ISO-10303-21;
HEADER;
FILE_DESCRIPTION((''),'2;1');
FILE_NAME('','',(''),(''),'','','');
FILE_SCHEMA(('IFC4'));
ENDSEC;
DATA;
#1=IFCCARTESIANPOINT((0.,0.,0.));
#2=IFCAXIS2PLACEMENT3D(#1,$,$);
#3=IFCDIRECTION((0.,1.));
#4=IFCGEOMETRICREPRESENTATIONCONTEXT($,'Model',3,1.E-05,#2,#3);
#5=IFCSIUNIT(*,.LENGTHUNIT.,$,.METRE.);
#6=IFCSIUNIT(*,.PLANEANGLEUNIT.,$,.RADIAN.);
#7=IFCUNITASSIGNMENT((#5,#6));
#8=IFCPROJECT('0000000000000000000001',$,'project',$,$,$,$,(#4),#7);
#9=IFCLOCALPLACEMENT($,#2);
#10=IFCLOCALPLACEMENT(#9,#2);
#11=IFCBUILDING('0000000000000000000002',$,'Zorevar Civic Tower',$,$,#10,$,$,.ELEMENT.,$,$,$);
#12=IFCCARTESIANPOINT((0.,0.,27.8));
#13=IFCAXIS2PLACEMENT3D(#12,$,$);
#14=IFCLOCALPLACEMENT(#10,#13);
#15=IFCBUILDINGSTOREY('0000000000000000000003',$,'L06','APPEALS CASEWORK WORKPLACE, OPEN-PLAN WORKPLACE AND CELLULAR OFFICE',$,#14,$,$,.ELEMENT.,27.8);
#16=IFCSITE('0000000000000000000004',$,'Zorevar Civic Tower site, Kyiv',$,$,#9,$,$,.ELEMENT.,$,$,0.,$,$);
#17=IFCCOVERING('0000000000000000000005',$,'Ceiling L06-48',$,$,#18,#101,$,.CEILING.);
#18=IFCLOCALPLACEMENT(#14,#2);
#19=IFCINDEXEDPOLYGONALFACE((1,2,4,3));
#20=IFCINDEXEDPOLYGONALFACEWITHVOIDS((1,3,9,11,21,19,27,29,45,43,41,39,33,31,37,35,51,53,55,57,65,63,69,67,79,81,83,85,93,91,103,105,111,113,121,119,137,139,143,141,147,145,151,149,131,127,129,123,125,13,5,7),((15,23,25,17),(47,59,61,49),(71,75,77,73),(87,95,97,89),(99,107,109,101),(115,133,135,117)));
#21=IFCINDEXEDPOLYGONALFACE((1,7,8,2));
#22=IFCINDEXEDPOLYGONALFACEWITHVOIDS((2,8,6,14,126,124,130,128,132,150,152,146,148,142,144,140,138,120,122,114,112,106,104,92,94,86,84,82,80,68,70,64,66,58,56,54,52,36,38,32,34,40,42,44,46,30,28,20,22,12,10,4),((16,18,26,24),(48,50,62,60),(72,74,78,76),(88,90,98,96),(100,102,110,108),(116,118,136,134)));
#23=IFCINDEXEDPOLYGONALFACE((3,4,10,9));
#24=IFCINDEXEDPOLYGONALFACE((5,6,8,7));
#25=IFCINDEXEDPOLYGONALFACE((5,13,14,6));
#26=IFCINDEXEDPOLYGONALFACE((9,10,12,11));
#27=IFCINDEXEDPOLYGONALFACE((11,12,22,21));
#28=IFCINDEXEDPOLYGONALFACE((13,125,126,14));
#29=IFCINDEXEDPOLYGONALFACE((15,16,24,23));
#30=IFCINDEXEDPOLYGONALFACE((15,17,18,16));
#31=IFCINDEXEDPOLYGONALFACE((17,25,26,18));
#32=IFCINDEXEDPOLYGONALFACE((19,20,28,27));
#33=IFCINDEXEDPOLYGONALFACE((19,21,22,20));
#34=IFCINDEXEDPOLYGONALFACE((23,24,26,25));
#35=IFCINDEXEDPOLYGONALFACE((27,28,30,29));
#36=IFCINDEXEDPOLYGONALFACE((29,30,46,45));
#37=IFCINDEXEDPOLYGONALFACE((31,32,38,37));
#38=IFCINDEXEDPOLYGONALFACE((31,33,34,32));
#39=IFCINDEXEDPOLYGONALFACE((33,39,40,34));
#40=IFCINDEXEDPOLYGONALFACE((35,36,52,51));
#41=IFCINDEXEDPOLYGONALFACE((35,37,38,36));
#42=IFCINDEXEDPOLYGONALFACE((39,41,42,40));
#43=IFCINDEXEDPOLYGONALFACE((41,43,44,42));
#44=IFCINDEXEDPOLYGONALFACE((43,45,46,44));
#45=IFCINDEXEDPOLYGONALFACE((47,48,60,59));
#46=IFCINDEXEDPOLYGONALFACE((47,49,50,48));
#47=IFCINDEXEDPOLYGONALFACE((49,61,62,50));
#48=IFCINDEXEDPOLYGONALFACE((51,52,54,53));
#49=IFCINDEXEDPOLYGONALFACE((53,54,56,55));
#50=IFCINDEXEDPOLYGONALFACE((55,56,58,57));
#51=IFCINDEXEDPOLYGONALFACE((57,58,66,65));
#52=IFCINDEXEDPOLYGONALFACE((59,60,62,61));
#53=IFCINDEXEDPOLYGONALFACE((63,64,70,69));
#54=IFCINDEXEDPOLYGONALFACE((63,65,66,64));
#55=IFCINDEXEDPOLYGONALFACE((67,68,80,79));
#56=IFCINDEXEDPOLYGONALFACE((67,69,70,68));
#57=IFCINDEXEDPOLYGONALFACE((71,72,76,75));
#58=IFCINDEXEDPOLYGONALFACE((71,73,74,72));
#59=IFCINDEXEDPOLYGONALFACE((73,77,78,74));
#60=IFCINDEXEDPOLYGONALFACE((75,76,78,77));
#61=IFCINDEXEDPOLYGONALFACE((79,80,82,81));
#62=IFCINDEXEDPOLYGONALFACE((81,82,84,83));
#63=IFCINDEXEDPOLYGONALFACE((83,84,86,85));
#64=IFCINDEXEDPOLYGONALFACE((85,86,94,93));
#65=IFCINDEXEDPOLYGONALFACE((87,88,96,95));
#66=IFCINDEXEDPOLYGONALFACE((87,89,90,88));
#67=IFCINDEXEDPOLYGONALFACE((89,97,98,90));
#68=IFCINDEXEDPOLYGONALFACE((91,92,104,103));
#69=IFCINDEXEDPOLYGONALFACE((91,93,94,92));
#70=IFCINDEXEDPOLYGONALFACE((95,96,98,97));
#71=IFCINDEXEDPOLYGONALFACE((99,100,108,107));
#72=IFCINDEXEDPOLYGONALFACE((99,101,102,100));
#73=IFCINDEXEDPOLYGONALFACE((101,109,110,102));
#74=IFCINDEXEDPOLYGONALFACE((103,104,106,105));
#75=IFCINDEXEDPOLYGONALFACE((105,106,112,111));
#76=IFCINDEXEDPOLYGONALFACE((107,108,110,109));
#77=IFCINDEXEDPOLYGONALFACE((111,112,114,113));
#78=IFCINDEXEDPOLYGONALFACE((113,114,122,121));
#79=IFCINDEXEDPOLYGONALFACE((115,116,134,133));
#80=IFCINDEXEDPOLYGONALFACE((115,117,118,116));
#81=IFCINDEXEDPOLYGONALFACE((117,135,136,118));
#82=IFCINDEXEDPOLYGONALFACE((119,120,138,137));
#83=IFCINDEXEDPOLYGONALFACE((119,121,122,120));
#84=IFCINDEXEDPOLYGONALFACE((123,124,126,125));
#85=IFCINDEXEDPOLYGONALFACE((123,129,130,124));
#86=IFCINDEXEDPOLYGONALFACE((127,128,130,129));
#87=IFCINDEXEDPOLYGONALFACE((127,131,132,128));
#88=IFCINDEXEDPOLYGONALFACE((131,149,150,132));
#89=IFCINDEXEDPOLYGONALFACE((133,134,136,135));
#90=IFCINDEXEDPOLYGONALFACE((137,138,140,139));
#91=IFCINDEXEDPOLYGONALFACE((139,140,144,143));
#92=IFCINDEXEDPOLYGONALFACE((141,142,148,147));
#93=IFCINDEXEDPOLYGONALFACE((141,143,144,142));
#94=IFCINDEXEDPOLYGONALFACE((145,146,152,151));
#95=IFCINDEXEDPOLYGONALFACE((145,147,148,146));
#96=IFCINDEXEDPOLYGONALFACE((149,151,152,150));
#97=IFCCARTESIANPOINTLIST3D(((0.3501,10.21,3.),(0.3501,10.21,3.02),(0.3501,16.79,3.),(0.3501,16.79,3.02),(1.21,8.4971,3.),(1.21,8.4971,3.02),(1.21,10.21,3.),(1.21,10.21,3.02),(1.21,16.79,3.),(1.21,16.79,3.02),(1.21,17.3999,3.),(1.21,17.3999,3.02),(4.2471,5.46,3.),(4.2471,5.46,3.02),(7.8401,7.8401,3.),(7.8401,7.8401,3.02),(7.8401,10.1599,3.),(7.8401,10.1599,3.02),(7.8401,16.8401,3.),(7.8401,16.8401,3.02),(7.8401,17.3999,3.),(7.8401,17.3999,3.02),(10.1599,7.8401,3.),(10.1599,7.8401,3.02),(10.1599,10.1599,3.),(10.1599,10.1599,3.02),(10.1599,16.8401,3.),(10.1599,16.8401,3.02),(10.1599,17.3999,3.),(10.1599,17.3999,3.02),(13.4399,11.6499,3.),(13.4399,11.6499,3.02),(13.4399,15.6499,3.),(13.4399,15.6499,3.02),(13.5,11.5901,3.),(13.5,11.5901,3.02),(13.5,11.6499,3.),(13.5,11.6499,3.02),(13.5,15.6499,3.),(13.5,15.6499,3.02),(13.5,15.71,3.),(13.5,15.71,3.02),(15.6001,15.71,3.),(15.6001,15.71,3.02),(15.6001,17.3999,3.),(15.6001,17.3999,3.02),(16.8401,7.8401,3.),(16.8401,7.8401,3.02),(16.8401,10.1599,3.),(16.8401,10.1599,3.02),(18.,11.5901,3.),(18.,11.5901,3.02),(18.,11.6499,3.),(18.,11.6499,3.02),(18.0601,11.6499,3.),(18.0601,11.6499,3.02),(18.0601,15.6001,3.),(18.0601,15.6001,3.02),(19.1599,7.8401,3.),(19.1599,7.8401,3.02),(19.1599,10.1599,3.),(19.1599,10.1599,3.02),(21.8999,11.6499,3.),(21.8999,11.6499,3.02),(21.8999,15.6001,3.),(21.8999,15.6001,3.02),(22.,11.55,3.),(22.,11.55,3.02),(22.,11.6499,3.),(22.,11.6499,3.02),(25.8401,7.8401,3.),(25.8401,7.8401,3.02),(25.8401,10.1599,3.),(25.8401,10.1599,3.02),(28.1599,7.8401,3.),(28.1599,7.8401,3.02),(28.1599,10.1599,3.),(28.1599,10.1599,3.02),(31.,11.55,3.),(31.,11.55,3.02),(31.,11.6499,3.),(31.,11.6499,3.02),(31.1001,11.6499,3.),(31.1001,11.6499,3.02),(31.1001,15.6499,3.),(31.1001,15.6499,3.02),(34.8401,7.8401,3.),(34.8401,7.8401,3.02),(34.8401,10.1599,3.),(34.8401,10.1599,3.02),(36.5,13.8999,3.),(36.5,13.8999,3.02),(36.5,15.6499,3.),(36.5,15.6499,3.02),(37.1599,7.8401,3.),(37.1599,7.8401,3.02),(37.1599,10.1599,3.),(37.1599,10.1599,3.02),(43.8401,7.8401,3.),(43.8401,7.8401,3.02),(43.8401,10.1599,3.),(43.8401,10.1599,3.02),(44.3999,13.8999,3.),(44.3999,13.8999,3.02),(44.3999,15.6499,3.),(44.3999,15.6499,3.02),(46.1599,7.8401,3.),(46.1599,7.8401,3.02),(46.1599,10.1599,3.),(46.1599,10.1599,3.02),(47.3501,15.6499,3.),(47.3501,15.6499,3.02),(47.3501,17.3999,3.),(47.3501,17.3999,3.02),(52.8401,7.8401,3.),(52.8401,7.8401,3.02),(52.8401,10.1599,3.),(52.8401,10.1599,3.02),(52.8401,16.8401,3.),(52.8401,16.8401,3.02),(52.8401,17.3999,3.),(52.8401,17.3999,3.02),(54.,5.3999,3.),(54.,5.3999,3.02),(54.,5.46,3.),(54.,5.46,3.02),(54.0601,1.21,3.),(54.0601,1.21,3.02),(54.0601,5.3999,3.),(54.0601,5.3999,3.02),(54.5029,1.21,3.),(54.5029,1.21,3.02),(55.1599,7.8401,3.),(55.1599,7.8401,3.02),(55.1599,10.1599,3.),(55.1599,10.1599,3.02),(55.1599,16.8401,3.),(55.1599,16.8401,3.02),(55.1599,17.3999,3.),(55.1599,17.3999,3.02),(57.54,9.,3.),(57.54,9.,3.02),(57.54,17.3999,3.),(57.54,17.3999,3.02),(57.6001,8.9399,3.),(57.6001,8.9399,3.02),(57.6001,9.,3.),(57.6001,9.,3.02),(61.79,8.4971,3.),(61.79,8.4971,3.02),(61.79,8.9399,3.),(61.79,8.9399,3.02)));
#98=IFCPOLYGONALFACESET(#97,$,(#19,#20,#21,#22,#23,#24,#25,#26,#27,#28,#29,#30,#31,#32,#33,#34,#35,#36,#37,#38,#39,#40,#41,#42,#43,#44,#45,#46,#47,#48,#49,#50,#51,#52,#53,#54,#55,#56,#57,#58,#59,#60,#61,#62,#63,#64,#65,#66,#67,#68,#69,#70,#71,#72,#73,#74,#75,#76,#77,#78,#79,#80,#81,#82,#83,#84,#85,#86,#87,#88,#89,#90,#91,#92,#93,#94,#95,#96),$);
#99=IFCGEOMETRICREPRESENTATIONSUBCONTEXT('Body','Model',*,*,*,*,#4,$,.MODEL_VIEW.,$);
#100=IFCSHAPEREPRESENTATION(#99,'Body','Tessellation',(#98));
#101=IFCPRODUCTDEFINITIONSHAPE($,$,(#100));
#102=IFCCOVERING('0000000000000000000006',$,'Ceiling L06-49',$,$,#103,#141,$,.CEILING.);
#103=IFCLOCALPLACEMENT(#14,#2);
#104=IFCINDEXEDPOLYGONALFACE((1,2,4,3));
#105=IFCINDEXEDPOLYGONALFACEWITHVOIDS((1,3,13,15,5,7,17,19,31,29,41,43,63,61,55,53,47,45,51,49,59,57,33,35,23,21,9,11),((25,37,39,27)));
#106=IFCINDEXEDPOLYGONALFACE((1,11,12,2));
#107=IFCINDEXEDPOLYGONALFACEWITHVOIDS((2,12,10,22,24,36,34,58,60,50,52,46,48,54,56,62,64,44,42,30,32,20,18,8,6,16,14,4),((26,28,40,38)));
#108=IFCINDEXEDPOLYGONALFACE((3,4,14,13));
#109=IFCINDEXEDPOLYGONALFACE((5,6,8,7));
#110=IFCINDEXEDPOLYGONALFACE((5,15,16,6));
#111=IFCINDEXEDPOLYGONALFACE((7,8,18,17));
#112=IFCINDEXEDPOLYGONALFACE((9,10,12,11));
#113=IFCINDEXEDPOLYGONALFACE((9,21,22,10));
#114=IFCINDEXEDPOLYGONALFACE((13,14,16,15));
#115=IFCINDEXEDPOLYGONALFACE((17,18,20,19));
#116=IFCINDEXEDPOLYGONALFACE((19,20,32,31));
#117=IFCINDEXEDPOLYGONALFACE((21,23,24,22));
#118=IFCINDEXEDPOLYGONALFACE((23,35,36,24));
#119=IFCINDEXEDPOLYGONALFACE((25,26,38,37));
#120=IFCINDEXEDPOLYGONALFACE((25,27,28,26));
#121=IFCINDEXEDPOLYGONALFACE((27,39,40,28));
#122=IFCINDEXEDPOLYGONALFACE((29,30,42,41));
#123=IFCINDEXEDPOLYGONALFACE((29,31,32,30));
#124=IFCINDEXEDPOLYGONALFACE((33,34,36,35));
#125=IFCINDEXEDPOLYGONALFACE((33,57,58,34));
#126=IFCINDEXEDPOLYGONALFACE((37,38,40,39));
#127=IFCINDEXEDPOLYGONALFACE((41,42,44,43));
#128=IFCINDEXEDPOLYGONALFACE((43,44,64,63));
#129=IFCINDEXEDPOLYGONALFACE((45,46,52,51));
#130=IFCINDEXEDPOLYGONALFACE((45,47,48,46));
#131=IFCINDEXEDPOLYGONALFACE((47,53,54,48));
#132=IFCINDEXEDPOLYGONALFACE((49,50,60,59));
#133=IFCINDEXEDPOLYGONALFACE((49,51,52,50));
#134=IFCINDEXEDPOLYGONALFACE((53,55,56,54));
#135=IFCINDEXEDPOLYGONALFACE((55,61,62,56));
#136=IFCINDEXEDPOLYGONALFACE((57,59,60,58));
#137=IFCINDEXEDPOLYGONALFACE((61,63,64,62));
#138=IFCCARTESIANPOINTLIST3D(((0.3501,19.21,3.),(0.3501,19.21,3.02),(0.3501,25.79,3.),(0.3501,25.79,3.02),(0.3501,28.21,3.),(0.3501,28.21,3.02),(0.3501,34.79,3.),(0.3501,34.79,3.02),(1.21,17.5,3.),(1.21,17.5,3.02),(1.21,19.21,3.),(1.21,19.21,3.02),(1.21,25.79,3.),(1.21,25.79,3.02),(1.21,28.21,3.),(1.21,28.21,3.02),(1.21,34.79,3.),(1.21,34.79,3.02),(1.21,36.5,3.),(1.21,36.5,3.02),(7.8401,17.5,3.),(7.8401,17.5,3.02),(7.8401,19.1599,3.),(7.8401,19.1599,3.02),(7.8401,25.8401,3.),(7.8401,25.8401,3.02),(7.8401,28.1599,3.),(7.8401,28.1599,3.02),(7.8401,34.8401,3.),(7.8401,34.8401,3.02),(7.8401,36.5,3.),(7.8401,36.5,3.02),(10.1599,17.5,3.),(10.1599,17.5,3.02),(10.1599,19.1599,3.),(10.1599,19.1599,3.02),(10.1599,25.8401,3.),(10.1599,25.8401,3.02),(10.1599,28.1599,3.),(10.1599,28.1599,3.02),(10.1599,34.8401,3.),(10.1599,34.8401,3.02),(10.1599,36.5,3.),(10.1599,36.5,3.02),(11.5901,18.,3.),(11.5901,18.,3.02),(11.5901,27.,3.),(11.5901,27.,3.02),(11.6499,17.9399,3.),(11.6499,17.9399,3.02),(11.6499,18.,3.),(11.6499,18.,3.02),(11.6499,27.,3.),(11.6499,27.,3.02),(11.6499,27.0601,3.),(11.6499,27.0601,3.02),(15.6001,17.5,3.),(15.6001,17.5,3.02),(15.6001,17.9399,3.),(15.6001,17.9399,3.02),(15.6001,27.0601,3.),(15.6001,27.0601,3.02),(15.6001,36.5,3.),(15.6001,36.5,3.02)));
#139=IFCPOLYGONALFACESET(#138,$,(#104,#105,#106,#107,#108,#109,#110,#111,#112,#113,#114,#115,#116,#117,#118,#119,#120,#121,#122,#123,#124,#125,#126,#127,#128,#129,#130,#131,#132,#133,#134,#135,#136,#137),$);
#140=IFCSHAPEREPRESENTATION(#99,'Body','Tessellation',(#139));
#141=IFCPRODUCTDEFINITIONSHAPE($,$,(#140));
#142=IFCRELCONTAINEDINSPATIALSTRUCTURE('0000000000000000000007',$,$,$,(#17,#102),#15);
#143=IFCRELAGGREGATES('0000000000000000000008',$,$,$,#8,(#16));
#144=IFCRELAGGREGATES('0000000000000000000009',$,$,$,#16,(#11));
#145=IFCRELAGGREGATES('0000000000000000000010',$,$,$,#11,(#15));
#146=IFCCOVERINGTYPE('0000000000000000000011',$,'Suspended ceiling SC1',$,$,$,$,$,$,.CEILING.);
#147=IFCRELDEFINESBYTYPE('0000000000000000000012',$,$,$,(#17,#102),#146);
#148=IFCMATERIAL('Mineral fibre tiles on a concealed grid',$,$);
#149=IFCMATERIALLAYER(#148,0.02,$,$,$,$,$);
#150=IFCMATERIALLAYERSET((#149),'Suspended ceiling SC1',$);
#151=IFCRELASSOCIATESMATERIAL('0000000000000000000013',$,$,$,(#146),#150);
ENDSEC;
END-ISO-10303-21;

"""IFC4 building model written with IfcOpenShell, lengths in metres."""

from ifc_helpers import new_model, si_unit, direction, frame, origin, place, context, subcontext, project, spatial, polyline, outline, extrude, material, layer, layer_set, type_object, element, save


model = new_model("IFC4")

# Units and contexts
model_context = context("Model", 3, precision=1e-05, world=origin(), true_north=direction((0.0, 1.0)))
body_context = subcontext(model_context, "Body", "Model", "MODEL_VIEW")
ifc_project = project(units=[si_unit("LENGTHUNIT", "METRE"), si_unit("PLANEANGLEUNIT", "RADIAN")], contexts=[model_context])

# Site, building, storey
site_placement = place(None, origin())
site = spatial("IfcSite", under=ifc_project, at=site_placement, Name="Zorevar Civic Tower site, Kyiv", CompositionType="ELEMENT", RefElevation=0.0)
building_placement = place(site_placement, origin())
building = spatial("IfcBuilding", under=site, at=building_placement, Name="Zorevar Civic Tower", CompositionType="ELEMENT")
storey_placement = place(building_placement, frame((0.0, 0.0, 27.8)))
storey = spatial("IfcBuildingStorey", under=building, at=storey_placement, Name="L06", Description="APPEALS CASEWORK WORKPLACE, OPEN-PLAN WORKPLACE AND CELLULAR OFFICE", CompositionType="ELEMENT", Elevation=27.8)

# Coverings
ifc_material_1 = material(Name="Mineral fibre tiles on a concealed grid")
ifc_layer_1 = layer(ifc_material_1, 0.02)
ifc_layer_set_1 = layer_set([ifc_layer_1], Name="Suspended ceiling SC1")
covering_type_1 = type_object("IfcCoveringType", Name="Suspended ceiling SC1", PredefinedType="CEILING", material=ifc_layer_set_1)
covering_1_placement = place(storey_placement, frame((0.0, 0.0, 3.0)))
element("IfcCovering", 1, at=covering_1_placement, inside=storey, type_object=covering_type_1, Name="Ceiling L06-48", PredefinedType="CEILING", context=body_context, shape_type="SweptSolid", body=[
    extrude(outline(polyline([(47.3501, 15.6499), (47.3501, 17.3999), (52.8401, 17.3999), (52.8401, 16.8401), (55.1599, 16.8401), (55.1599, 17.3999), (57.54, 17.3999), (57.54, 9.0), (57.6001, 9.0), (57.6001, 8.9399), (61.79, 8.9399), (61.79, 8.4971), (54.5029, 1.21), (54.0601, 1.21), (54.0601, 5.3999), (54.0, 5.3999), (54.0, 5.46), (4.2471, 5.46), (1.21, 8.4971), (1.21, 10.21), (0.3501, 10.21), (0.3501, 16.79), (1.21, 16.79), (1.21, 17.3999), (7.8401, 17.3999), (7.8401, 16.8401), (10.1599, 16.8401), (10.1599, 17.3999), (15.6001, 17.3999), (15.6001, 15.71), (13.5, 15.71), (13.5, 15.6499), (13.4399, 15.6499), (13.4399, 11.6499), (13.5, 11.6499), (13.5, 11.5901), (18.0, 11.5901), (18.0, 11.6499), (18.0601, 11.6499), (18.0601, 15.6001), (21.8999, 15.6001), (21.8999, 11.6499), (22.0, 11.6499), (22.0, 11.55), (31.0, 11.55), (31.0, 11.6499), (31.1001, 11.6499), (31.1001, 15.6499), (36.5, 15.6499), (36.5, 13.8999), (44.3999, 13.8999), (44.3999, 15.6499), (47.3501, 15.6499)]), holes=[polyline([(10.1599, 7.8401), (10.1599, 10.1599), (7.8401, 10.1599), (7.8401, 7.8401), (10.1599, 7.8401)]), polyline([(16.8401, 10.1599), (16.8401, 7.8401), (19.1599, 7.8401), (19.1599, 10.1599), (16.8401, 10.1599)]), polyline([(28.1599, 10.1599), (25.8401, 10.1599), (25.8401, 7.8401), (28.1599, 7.8401), (28.1599, 10.1599)]), polyline([(37.1599, 7.8401), (37.1599, 10.1599), (34.8401, 10.1599), (34.8401, 7.8401), (37.1599, 7.8401)]), polyline([(43.8401, 7.8401), (46.1599, 7.8401), (46.1599, 10.1599), (43.8401, 10.1599), (43.8401, 7.8401)]), polyline([(55.1599, 10.1599), (52.8401, 10.1599), (52.8401, 7.8401), (55.1599, 7.8401), (55.1599, 10.1599)])]), origin(), (0.0, 0.0, 1.0), 0.02),
])
covering_2_placement = place(storey_placement, frame((0.0, 0.0, 3.0)))
element("IfcCovering", 2, at=covering_2_placement, inside=storey, type_object=covering_type_1, Name="Ceiling L06-49", PredefinedType="CEILING", context=body_context, shape_type="SweptSolid", body=[
    extrude(outline(polyline([(7.8401, 19.1599), (7.8401, 17.5), (1.21, 17.5), (1.21, 19.21), (0.3501, 19.21), (0.3501, 25.79), (1.21, 25.79), (1.21, 28.21), (0.3501, 28.21), (0.3501, 34.79), (1.21, 34.79), (1.21, 36.5), (7.8401, 36.5), (7.8401, 34.8401), (10.1599, 34.8401), (10.1599, 36.5), (15.6001, 36.5), (15.6001, 27.0601), (11.6499, 27.0601), (11.6499, 27.0), (11.5901, 27.0), (11.5901, 18.0), (11.6499, 18.0), (11.6499, 17.9399), (15.6001, 17.9399), (15.6001, 17.5), (10.1599, 17.5), (10.1599, 19.1599), (7.8401, 19.1599)]), holes=[polyline([(7.8401, 28.1599), (7.8401, 25.8401), (10.1599, 25.8401), (10.1599, 28.1599), (7.8401, 28.1599)])]), origin(), (0.0, 0.0, 1.0), 0.02),
])

save(model, "model.ifc")
